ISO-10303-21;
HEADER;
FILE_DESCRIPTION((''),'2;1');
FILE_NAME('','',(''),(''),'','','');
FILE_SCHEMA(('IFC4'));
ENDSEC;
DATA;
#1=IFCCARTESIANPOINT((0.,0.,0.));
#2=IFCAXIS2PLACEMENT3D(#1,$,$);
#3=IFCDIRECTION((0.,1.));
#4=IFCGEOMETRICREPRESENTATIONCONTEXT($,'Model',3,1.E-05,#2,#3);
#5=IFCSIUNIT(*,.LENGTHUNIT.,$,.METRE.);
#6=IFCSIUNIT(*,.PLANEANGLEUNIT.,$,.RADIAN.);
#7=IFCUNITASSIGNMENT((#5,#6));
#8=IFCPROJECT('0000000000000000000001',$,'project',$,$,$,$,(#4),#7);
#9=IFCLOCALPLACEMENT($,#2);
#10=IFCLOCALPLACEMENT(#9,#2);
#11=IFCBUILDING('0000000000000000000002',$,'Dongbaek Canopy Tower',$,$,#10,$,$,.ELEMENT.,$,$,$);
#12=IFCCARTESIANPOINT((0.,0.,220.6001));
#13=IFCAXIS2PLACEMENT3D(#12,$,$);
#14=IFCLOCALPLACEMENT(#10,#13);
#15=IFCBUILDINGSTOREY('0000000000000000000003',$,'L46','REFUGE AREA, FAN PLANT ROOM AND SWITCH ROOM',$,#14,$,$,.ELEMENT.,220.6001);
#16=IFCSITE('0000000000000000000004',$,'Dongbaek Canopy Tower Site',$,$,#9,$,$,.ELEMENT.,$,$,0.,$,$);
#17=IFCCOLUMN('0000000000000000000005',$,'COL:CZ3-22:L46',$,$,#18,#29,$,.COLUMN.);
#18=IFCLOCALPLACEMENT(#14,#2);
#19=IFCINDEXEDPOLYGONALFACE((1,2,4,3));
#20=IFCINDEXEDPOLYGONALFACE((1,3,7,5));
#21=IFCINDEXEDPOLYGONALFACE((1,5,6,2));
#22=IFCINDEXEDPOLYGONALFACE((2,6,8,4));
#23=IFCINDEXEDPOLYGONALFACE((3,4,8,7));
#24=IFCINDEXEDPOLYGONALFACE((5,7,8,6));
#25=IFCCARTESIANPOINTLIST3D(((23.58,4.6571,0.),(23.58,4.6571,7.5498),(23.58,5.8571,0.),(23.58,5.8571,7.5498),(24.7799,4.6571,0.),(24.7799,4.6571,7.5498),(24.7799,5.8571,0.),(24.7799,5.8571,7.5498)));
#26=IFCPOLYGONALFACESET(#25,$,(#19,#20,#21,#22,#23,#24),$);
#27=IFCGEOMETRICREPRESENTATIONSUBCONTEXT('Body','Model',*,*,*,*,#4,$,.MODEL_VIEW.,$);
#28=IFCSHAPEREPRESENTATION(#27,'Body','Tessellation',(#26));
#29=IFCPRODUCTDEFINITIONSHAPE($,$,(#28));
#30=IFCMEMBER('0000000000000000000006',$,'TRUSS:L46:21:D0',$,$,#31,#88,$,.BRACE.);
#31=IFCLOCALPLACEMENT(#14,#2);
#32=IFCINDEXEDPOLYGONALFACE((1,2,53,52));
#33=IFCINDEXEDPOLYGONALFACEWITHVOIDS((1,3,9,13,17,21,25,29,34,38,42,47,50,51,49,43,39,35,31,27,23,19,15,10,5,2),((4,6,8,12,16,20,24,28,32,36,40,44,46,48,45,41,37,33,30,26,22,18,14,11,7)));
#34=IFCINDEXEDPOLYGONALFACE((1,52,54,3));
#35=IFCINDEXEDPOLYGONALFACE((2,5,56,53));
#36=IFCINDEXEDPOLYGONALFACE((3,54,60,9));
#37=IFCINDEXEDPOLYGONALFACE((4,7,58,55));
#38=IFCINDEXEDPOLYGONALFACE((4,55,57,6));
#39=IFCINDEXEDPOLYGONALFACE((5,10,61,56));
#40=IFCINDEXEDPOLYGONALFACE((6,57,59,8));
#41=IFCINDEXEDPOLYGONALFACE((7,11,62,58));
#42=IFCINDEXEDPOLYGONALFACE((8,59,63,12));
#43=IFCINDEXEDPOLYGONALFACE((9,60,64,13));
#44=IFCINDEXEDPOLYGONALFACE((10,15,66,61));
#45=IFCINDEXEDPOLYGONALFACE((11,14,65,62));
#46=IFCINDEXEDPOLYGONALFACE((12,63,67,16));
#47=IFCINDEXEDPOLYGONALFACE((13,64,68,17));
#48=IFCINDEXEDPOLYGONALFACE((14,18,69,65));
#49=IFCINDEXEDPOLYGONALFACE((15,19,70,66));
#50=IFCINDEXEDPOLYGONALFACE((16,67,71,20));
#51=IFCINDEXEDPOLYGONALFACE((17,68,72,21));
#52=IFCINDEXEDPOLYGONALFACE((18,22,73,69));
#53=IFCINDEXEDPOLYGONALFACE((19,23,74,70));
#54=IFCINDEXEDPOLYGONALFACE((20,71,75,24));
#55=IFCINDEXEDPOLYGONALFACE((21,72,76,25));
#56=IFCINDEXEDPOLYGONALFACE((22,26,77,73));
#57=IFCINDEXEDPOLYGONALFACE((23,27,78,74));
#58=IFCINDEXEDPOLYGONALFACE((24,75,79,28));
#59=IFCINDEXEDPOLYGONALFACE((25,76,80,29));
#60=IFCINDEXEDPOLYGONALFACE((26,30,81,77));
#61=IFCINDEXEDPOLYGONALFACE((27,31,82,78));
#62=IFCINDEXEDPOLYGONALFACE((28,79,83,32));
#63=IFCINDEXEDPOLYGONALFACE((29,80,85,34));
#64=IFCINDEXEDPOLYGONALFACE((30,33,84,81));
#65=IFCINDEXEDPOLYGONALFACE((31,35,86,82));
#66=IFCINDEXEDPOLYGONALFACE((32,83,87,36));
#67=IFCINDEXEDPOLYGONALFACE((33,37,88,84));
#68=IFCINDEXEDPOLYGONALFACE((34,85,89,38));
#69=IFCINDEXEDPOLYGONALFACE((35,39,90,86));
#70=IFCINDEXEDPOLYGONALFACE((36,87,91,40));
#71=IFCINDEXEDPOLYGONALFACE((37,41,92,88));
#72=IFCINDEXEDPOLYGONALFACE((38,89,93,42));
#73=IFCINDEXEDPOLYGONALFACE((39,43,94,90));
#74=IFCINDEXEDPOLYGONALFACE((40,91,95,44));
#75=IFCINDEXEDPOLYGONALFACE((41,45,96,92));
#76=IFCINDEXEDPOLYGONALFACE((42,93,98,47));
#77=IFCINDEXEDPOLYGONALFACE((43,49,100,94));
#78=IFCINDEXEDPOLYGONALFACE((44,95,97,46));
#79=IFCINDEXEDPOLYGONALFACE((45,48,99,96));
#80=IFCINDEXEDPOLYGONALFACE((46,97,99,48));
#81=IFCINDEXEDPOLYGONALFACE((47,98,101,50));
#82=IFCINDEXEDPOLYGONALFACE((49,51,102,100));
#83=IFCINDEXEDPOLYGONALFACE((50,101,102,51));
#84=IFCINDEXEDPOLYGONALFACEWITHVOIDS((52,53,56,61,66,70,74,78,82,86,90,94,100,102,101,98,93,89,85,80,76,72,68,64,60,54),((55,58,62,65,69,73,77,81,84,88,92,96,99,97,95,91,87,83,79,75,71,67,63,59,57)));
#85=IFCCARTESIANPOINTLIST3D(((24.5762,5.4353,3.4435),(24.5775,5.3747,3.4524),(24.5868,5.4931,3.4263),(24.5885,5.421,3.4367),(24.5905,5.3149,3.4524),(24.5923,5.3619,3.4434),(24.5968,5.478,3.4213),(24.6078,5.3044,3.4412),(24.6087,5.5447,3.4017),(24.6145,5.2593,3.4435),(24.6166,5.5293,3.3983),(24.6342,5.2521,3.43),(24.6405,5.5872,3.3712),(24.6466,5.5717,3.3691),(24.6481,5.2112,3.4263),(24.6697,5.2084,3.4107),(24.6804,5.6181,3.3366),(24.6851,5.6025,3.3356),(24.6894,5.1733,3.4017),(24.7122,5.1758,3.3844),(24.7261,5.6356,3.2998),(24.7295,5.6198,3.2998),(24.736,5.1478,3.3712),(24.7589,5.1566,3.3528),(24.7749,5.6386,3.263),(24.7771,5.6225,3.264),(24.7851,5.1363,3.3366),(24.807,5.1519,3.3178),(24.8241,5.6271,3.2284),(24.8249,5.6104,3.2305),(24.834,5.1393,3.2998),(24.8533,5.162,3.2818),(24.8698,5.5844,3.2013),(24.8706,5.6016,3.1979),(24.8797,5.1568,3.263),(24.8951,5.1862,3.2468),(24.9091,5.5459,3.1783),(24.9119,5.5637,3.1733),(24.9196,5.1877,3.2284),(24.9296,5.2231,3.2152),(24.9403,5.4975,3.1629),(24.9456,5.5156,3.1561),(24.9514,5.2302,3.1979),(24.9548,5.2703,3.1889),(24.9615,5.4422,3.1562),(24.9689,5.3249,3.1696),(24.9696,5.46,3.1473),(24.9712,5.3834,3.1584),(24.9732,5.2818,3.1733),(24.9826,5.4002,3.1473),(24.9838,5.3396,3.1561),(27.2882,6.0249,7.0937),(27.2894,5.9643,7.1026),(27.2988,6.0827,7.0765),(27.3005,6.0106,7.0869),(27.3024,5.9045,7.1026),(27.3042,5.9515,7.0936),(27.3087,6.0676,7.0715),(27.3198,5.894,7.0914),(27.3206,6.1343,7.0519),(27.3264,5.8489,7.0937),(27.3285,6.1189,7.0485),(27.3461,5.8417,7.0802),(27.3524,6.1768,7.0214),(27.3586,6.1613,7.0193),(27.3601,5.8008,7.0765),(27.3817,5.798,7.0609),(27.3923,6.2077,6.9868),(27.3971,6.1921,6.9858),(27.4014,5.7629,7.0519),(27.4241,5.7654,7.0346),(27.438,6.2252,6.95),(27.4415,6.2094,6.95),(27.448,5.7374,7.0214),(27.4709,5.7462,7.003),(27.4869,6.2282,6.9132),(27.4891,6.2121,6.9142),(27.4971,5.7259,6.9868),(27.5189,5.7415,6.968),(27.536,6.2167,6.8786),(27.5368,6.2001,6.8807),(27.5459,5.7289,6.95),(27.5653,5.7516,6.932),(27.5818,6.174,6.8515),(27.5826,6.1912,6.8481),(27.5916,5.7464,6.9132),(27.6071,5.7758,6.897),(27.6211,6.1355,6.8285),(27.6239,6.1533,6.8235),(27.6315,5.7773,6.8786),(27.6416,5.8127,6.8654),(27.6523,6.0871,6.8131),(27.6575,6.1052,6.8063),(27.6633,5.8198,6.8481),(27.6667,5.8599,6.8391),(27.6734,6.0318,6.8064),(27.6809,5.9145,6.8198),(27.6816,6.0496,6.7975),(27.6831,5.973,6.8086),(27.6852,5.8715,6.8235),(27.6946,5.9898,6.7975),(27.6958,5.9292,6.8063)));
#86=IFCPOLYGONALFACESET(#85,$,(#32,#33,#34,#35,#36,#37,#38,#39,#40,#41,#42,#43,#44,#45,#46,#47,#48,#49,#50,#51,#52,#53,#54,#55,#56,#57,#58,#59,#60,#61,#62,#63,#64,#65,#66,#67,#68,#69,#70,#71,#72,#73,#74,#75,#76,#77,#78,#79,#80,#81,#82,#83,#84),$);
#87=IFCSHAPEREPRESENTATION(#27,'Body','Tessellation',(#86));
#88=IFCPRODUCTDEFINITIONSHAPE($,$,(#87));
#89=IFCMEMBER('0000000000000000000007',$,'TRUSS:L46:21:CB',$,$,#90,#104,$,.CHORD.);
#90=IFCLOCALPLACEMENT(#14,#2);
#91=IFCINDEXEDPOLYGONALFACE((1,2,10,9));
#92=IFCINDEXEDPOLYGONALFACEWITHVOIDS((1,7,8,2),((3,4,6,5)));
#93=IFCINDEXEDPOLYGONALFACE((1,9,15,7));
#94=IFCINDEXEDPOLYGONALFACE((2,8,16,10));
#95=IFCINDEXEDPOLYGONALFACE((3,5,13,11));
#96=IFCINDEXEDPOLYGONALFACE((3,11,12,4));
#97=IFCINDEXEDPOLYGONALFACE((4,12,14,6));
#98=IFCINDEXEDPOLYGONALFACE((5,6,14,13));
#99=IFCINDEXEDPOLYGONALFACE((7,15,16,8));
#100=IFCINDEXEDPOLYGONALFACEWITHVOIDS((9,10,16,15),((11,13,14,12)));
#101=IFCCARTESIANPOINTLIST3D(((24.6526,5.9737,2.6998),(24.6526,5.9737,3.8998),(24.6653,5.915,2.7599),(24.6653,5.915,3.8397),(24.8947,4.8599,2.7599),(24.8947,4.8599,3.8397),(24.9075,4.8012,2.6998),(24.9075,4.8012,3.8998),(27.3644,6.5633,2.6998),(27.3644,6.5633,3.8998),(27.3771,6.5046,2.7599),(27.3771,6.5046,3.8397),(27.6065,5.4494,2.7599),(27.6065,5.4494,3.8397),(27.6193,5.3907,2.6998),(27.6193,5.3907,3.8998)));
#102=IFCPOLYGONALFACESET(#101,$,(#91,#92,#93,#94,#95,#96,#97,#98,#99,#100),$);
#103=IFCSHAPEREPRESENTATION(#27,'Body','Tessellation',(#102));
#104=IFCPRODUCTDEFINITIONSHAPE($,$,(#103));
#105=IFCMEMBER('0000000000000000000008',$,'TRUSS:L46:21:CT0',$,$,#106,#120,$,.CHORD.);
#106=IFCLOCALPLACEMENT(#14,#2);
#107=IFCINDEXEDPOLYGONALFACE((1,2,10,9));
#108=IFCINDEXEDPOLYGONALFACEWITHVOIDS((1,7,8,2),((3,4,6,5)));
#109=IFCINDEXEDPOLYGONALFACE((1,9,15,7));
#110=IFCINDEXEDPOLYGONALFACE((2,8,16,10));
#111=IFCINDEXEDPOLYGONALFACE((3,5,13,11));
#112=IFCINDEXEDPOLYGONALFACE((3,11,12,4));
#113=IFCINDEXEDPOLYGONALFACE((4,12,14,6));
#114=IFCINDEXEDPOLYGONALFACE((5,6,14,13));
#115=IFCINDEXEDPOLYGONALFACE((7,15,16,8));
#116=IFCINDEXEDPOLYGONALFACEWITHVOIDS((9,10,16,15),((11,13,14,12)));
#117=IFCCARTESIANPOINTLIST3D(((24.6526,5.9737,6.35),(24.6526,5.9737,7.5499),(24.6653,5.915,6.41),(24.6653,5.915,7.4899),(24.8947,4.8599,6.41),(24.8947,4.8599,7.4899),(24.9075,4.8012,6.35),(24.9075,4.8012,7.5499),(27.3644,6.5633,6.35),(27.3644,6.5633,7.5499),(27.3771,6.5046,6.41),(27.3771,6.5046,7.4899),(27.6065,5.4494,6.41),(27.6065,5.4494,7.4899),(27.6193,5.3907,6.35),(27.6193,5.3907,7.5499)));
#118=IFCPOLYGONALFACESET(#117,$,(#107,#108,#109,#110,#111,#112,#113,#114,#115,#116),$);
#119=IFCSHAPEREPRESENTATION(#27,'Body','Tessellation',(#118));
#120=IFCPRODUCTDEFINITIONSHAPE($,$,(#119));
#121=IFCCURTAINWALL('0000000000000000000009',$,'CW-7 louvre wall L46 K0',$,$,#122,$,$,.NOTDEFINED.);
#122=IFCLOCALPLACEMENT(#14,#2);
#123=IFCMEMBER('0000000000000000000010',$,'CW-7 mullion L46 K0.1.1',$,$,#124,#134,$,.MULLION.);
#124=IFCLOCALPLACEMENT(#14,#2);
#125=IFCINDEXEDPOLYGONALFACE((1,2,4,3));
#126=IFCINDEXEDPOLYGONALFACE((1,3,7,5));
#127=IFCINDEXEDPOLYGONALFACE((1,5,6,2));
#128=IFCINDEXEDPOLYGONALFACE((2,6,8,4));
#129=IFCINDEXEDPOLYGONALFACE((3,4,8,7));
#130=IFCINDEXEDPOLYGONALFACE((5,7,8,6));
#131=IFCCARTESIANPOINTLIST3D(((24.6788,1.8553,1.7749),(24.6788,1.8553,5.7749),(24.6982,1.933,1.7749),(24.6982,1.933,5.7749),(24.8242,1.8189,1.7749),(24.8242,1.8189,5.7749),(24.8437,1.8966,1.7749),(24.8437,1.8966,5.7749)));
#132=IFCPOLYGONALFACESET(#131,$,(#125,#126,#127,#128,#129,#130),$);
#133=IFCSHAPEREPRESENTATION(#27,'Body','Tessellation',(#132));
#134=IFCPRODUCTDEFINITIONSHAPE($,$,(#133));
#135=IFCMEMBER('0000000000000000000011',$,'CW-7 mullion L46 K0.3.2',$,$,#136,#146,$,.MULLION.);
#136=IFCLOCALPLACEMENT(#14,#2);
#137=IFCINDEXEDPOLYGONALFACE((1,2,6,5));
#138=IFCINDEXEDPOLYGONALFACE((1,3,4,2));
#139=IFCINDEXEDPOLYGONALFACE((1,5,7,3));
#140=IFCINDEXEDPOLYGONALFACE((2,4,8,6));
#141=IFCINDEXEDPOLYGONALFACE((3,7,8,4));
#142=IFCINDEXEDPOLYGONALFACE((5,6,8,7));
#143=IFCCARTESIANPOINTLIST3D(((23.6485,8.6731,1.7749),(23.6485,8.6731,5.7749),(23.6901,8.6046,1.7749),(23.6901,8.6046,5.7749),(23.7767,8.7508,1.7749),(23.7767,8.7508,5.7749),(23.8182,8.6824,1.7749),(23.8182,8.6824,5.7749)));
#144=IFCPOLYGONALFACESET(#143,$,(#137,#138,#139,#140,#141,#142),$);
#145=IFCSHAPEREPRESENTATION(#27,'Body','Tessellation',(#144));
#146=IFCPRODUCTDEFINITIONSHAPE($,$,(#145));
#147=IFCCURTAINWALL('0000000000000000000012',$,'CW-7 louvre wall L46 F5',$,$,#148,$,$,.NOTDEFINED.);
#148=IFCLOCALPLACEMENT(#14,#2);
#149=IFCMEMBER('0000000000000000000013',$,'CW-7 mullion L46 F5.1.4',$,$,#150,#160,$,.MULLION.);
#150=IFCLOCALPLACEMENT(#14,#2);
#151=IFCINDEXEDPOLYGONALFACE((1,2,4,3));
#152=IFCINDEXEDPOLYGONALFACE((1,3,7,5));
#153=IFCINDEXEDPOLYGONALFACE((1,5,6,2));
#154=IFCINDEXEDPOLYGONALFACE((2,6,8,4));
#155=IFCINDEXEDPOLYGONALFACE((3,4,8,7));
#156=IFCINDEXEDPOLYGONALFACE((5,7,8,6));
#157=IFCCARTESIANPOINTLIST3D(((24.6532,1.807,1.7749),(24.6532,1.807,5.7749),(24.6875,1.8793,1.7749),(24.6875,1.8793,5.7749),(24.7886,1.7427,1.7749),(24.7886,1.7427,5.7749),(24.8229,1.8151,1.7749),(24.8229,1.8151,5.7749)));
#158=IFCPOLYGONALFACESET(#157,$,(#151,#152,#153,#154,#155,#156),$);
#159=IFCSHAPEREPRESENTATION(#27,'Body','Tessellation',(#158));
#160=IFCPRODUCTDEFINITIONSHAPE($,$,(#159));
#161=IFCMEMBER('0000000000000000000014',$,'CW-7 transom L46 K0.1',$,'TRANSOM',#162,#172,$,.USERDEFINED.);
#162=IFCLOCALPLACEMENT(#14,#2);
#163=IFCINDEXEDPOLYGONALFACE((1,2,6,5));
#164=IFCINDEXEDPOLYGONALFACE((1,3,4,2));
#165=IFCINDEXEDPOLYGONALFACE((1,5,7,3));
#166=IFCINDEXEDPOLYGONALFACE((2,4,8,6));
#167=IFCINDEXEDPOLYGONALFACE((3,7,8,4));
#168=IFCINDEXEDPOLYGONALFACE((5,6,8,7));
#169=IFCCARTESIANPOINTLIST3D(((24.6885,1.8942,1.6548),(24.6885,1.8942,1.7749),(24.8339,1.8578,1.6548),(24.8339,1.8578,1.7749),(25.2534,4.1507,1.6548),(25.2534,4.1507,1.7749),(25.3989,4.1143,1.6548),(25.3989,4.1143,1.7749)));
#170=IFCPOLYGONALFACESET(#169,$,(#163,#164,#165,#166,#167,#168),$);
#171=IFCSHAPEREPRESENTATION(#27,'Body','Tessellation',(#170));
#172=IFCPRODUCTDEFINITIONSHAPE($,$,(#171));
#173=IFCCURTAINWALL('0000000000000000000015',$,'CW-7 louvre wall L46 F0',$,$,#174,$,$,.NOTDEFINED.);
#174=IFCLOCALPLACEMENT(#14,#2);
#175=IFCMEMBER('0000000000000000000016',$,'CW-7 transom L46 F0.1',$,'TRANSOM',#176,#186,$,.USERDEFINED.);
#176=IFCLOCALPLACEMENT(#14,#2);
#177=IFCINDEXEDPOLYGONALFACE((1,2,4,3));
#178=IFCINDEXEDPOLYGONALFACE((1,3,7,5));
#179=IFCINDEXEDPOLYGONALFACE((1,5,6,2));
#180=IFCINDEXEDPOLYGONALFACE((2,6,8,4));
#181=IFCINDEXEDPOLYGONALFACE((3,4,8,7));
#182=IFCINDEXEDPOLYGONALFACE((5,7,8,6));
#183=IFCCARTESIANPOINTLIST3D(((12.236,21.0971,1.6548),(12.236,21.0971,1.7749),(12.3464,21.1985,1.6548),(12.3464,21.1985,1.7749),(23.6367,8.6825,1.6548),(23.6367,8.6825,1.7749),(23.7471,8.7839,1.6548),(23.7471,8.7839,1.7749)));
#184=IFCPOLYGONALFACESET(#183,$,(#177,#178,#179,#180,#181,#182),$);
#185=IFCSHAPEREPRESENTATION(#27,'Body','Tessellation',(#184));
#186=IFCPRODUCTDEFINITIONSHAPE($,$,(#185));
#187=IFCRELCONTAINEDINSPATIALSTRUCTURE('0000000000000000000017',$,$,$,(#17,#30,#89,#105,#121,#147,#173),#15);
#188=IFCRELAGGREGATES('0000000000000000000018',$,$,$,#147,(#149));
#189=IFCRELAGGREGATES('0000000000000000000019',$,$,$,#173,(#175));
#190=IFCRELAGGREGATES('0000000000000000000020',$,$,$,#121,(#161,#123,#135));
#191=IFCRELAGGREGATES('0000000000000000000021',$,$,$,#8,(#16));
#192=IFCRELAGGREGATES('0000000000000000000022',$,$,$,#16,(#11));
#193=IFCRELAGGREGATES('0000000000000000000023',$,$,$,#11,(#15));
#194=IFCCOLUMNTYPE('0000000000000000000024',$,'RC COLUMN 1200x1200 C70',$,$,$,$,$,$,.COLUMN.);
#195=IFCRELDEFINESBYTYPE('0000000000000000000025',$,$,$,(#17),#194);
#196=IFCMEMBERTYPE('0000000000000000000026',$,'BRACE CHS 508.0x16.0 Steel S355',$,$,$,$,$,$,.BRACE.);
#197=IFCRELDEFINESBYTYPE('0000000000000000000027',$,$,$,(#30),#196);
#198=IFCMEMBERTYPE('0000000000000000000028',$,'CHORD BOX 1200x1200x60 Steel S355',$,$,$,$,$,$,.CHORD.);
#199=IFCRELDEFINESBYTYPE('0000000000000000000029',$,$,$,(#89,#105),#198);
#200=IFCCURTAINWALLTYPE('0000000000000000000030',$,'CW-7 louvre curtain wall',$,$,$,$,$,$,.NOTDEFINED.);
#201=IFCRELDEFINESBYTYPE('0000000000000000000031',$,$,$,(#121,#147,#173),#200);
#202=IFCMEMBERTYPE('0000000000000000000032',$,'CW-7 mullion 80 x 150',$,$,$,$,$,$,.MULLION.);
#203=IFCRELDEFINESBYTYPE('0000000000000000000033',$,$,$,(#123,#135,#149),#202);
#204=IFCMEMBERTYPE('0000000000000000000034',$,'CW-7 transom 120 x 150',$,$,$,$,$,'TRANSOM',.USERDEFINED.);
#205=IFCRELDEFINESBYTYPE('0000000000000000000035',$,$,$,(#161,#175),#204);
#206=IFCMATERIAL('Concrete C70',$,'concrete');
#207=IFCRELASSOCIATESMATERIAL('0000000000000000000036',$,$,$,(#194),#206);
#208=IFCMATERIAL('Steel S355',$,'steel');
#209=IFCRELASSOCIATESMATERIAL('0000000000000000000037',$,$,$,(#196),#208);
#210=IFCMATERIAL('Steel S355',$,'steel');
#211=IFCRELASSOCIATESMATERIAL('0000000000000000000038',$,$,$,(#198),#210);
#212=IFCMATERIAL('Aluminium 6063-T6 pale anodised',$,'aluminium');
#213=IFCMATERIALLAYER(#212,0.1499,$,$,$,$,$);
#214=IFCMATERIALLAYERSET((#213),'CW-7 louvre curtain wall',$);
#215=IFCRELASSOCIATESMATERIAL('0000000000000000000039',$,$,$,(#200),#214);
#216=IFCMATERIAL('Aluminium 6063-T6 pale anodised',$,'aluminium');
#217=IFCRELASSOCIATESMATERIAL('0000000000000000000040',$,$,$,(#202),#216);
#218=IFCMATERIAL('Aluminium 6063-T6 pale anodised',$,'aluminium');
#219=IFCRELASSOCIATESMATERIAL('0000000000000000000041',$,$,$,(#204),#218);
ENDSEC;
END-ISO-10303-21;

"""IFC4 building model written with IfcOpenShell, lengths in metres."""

from ifc_helpers import new_model, si_unit, direction, frame, origin, origin_2d, place, context, subcontext, project, spatial, rectangle, hollow_rectangle, hollow_circle, extrude, material, layer, layer_set, material_profile, profile_set, type_object, element, aggregate, save


model = new_model("IFC4")

# Units and contexts
model_context = context("Model", 3, precision=1e-05, world=origin(), true_north=direction((0.0, 1.0)))
body_context = subcontext(model_context, "Body", "Model", "MODEL_VIEW")
ifc_project = project(units=[si_unit("LENGTHUNIT", "METRE"), si_unit("PLANEANGLEUNIT", "RADIAN")], contexts=[model_context])

# Site, building, storey
site_placement = place(None, origin())
site = spatial("IfcSite", under=ifc_project, at=site_placement, Name="Dongbaek Canopy Tower Site", CompositionType="ELEMENT", RefElevation=0.0)
building_placement = place(site_placement, origin())
building = spatial("IfcBuilding", under=site, at=building_placement, Name="Dongbaek Canopy Tower", CompositionType="ELEMENT")
storey_placement = place(building_placement, frame((0.0, 0.0, 220.6001)))
storey = spatial("IfcBuildingStorey", under=building, at=storey_placement, Name="L46", Description="REFUGE AREA, FAN PLANT ROOM AND SWITCH ROOM", CompositionType="ELEMENT", Elevation=220.6001)

# Column
ifc_material_1 = material(Name="Concrete C70", Category="concrete")
ifc_material_profile_1 = material_profile(ifc_material_1, rectangle(XDim=1.2, YDim=1.2, at=origin_2d()), Name="RC COLUMN 1200x1200 C70")
ifc_profile_set_1 = profile_set([ifc_material_profile_1], Name="Concrete C70")
column_type = type_object("IfcColumnType", Name="RC COLUMN 1200x1200 C70", PredefinedType="COLUMN", material=ifc_profile_set_1)
column_placement = place(storey_placement, frame((24.1799, 5.2571, 0.0), z_axis=(0.0, 0.0, 1.0), x_axis=(1.0, 0.0, 0.0)))
element("IfcColumn", 1, at=column_placement, inside=storey, type_object=column_type, Name="COL:CZ3-22:L46", PredefinedType="COLUMN", context=body_context, shape_type="SweptSolid", body=[
    extrude(rectangle(XDim=1.2, YDim=1.2, at=origin_2d()), origin(), (0.0, 0.0, 1.0), 7.5498),
])

# Members
ifc_material_2 = material(Name="Steel S355", Category="steel")
ifc_material_profile_2 = material_profile(ifc_material_2, hollow_circle(Radius=0.2539, WallThickness=0.0161, at=origin_2d()), Name="BRACE CHS 508.0x16.0 Steel S355")
ifc_profile_set_2 = profile_set([ifc_material_profile_2], Name="Steel S355")
member_type_1 = type_object("IfcMemberType", Name="BRACE CHS 508.0x16.0 Steel S355", PredefinedType="BRACE", material=ifc_profile_set_2)
member_1_placement = place(storey_placement, frame((24.78, 5.3875, 3.2998), z_axis=(0.591427, 0.128583, 0.796041), x_axis=(-0.212448, 0.977172, 0.0)))
element("IfcMember", 2, at=member_1_placement, inside=storey, type_object=member_type_1, Name="TRUSS:L46:21:D0", PredefinedType="BRACE", context=body_context, shape_type="SweptSolid", body=[
    extrude(hollow_circle(Radius=0.2539, WallThickness=0.0161, at=origin_2d()), origin(), (0.0, 0.0, 1.0), 4.5854),
])
ifc_material_3 = material(Name="Steel S355", Category="steel")
ifc_material_profile_3 = material_profile(ifc_material_3, hollow_rectangle(XDim=1.2, YDim=1.2, WallThickness=0.0601, at=origin_2d()), Name="CHORD BOX 1200x1200x60 Steel S355")
ifc_profile_set_3 = profile_set([ifc_material_profile_3], Name="Steel S355")
member_type_2 = type_object("IfcMemberType", Name="CHORD BOX 1200x1200x60 Steel S355", PredefinedType="CHORD", material=ifc_profile_set_3)
for number, where, z_axis, x_axis, name in (
    (3, (24.78, 5.3875, 3.2998), (0.977172, 0.212448, 0.0), (-0.212448, 0.977172, 0.0), "TRUSS:L46:21:CB"),
    (4, (24.78, 5.3875, 6.95), (0.977172, 0.212448, 0.0), (-0.212448, 0.977172, 0.0), "TRUSS:L46:21:CT0"),
):
    element("IfcMember", number, at=place(storey_placement, frame(where, z_axis=z_axis, x_axis=x_axis)), inside=storey, type_object=member_type_2, Name=name, PredefinedType="CHORD", context=body_context, shape_type="SweptSolid", body=[
        extrude(hollow_rectangle(XDim=1.2, YDim=1.2, WallThickness=0.0601, at=origin_2d()), origin(), (0.0, 0.0, 1.0), 2.7751),
    ])

# Curtain wall, members
ifc_material_4 = material(Name="Aluminium 6063-T6 pale anodised", Category="aluminium")
ifc_layer_1 = layer(ifc_material_4, 0.1499)
ifc_layer_set_1 = layer_set([ifc_layer_1], Name="CW-7 louvre curtain wall")
curtain_wall_type = type_object("IfcCurtainWallType", Name="CW-7 louvre curtain wall", PredefinedType="NOTDEFINED", material=ifc_layer_set_1)
curtain_wall_1_placement = place(storey_placement, origin())
curtain_wall_1 = element("IfcCurtainWall", 5, at=curtain_wall_1_placement, inside=storey, type_object=curtain_wall_type, Name="CW-7 louvre wall L46 K0", PredefinedType="NOTDEFINED")
ifc_material_5 = material(Name="Aluminium 6063-T6 pale anodised", Category="aluminium")
ifc_material_profile_4 = material_profile(ifc_material_5, rectangle(XDim=0.1499, YDim=0.0801, at=origin_2d()), Name="CW-7 mullion 80 x 150")
ifc_profile_set_4 = profile_set([ifc_material_profile_4], Name="Aluminium 6063-T6 pale anodised")
member_type_3 = type_object("IfcMemberType", Name="CW-7 mullion 80 x 150", PredefinedType="MULLION", material=ifc_profile_set_4)
member_2_placement = place(storey_placement, frame((24.7612, 1.876, 1.7749), z_axis=(0.0, 0.0, 1.0), x_axis=(0.970074, -0.242808, 0.0)))
member_2 = element("IfcMember", 6, at=member_2_placement, type_object=member_type_3, Name="CW-7 mullion L46 K0.1.1", PredefinedType="MULLION", context=body_context, shape_type="SweptSolid", body=[
    extrude(rectangle(XDim=0.1499, YDim=0.0801, at=origin_2d()), origin(), (0.0, 0.0, 1.0), 4.0),
])
member_3_placement = place(storey_placement, frame((23.7334, 8.6777, 1.7749), z_axis=(0.0, 0.0, 1.0), x_axis=(0.855008, 0.518615, 0.0)))
member_3 = element("IfcMember", 7, at=member_3_placement, type_object=member_type_3, Name="CW-7 mullion L46 K0.3.2", PredefinedType="MULLION", context=body_context, shape_type="SweptSolid", body=[
    extrude(rectangle(XDim=0.1499, YDim=0.0801, at=origin_2d()), origin(), (0.0, 0.0, 1.0), 4.0),
])

# Curtain wall, member
curtain_wall_2_placement = place(storey_placement, origin())
curtain_wall_2 = element("IfcCurtainWall", 8, at=curtain_wall_2_placement, inside=storey, type_object=curtain_wall_type, Name="CW-7 louvre wall L46 F5", PredefinedType="NOTDEFINED")
member_4_placement = place(storey_placement, frame((24.738, 1.811, 1.7749), z_axis=(0.0, 0.0, 1.0), x_axis=(0.90352, -0.428545, 0.0)))
member_4 = element("IfcMember", 9, at=member_4_placement, type_object=member_type_3, Name="CW-7 mullion L46 F5.1.4", PredefinedType="MULLION", context=body_context, shape_type="SweptSolid", body=[
    extrude(rectangle(XDim=0.1499, YDim=0.0801, at=origin_2d()), origin(), (0.0, 0.0, 1.0), 4.0),
])
aggregate(curtain_wall_2, [member_4])

# Member
ifc_material_6 = material(Name="Aluminium 6063-T6 pale anodised", Category="aluminium")
ifc_material_profile_5 = material_profile(ifc_material_6, rectangle(XDim=0.1499, YDim=0.1201, at=origin_2d()), Name="CW-7 transom 120 x 150")
ifc_profile_set_5 = profile_set([ifc_material_profile_5], Name="Aluminium 6063-T6 pale anodised")
member_type_4 = type_object("IfcMemberType", Name="CW-7 transom 120 x 150", ElementType="TRANSOM", PredefinedType="USERDEFINED", material=ifc_profile_set_5)
member_5_placement = place(storey_placement, frame((24.7612, 1.876, 1.7148), z_axis=(0.242857, 0.970062, 0.0), x_axis=(-0.970062, 0.242857, 0.0)))
member_5 = element("IfcMember", 10, at=member_5_placement, type_object=member_type_4, Name="CW-7 transom L46 K0.1", ObjectType="TRANSOM", PredefinedType="USERDEFINED", context=body_context, shape_type="SweptSolid", body=[
    extrude(rectangle(XDim=0.1499, YDim=0.1201, at=origin_2d()), origin(), (0.0, 0.0, 1.0), 2.3262),
])

# Curtain wall, member
curtain_wall_3_placement = place(storey_placement, origin())
curtain_wall_3 = element("IfcCurtainWall", 11, at=curtain_wall_3_placement, inside=storey, type_object=curtain_wall_type, Name="CW-7 louvre wall L46 F0", PredefinedType="NOTDEFINED")
member_6_placement = place(storey_placement, frame((23.6919, 8.7332, 1.7148), z_axis=(-0.676389, 0.736544, 0.0), x_axis=(-0.736544, -0.676389, 0.0)))
member_6 = element("IfcMember", 12, at=member_6_placement, type_object=member_type_4, Name="CW-7 transom L46 F0.1", ObjectType="TRANSOM", PredefinedType="USERDEFINED", context=body_context, shape_type="SweptSolid", body=[
    extrude(rectangle(XDim=0.1499, YDim=0.1201, at=origin_2d()), origin(), (0.0, 0.0, 1.0), 16.8552),
])
aggregate(curtain_wall_3, [member_6])

aggregate(curtain_wall_1, [member_5, member_2, member_3])

save(model, "model.ifc")
